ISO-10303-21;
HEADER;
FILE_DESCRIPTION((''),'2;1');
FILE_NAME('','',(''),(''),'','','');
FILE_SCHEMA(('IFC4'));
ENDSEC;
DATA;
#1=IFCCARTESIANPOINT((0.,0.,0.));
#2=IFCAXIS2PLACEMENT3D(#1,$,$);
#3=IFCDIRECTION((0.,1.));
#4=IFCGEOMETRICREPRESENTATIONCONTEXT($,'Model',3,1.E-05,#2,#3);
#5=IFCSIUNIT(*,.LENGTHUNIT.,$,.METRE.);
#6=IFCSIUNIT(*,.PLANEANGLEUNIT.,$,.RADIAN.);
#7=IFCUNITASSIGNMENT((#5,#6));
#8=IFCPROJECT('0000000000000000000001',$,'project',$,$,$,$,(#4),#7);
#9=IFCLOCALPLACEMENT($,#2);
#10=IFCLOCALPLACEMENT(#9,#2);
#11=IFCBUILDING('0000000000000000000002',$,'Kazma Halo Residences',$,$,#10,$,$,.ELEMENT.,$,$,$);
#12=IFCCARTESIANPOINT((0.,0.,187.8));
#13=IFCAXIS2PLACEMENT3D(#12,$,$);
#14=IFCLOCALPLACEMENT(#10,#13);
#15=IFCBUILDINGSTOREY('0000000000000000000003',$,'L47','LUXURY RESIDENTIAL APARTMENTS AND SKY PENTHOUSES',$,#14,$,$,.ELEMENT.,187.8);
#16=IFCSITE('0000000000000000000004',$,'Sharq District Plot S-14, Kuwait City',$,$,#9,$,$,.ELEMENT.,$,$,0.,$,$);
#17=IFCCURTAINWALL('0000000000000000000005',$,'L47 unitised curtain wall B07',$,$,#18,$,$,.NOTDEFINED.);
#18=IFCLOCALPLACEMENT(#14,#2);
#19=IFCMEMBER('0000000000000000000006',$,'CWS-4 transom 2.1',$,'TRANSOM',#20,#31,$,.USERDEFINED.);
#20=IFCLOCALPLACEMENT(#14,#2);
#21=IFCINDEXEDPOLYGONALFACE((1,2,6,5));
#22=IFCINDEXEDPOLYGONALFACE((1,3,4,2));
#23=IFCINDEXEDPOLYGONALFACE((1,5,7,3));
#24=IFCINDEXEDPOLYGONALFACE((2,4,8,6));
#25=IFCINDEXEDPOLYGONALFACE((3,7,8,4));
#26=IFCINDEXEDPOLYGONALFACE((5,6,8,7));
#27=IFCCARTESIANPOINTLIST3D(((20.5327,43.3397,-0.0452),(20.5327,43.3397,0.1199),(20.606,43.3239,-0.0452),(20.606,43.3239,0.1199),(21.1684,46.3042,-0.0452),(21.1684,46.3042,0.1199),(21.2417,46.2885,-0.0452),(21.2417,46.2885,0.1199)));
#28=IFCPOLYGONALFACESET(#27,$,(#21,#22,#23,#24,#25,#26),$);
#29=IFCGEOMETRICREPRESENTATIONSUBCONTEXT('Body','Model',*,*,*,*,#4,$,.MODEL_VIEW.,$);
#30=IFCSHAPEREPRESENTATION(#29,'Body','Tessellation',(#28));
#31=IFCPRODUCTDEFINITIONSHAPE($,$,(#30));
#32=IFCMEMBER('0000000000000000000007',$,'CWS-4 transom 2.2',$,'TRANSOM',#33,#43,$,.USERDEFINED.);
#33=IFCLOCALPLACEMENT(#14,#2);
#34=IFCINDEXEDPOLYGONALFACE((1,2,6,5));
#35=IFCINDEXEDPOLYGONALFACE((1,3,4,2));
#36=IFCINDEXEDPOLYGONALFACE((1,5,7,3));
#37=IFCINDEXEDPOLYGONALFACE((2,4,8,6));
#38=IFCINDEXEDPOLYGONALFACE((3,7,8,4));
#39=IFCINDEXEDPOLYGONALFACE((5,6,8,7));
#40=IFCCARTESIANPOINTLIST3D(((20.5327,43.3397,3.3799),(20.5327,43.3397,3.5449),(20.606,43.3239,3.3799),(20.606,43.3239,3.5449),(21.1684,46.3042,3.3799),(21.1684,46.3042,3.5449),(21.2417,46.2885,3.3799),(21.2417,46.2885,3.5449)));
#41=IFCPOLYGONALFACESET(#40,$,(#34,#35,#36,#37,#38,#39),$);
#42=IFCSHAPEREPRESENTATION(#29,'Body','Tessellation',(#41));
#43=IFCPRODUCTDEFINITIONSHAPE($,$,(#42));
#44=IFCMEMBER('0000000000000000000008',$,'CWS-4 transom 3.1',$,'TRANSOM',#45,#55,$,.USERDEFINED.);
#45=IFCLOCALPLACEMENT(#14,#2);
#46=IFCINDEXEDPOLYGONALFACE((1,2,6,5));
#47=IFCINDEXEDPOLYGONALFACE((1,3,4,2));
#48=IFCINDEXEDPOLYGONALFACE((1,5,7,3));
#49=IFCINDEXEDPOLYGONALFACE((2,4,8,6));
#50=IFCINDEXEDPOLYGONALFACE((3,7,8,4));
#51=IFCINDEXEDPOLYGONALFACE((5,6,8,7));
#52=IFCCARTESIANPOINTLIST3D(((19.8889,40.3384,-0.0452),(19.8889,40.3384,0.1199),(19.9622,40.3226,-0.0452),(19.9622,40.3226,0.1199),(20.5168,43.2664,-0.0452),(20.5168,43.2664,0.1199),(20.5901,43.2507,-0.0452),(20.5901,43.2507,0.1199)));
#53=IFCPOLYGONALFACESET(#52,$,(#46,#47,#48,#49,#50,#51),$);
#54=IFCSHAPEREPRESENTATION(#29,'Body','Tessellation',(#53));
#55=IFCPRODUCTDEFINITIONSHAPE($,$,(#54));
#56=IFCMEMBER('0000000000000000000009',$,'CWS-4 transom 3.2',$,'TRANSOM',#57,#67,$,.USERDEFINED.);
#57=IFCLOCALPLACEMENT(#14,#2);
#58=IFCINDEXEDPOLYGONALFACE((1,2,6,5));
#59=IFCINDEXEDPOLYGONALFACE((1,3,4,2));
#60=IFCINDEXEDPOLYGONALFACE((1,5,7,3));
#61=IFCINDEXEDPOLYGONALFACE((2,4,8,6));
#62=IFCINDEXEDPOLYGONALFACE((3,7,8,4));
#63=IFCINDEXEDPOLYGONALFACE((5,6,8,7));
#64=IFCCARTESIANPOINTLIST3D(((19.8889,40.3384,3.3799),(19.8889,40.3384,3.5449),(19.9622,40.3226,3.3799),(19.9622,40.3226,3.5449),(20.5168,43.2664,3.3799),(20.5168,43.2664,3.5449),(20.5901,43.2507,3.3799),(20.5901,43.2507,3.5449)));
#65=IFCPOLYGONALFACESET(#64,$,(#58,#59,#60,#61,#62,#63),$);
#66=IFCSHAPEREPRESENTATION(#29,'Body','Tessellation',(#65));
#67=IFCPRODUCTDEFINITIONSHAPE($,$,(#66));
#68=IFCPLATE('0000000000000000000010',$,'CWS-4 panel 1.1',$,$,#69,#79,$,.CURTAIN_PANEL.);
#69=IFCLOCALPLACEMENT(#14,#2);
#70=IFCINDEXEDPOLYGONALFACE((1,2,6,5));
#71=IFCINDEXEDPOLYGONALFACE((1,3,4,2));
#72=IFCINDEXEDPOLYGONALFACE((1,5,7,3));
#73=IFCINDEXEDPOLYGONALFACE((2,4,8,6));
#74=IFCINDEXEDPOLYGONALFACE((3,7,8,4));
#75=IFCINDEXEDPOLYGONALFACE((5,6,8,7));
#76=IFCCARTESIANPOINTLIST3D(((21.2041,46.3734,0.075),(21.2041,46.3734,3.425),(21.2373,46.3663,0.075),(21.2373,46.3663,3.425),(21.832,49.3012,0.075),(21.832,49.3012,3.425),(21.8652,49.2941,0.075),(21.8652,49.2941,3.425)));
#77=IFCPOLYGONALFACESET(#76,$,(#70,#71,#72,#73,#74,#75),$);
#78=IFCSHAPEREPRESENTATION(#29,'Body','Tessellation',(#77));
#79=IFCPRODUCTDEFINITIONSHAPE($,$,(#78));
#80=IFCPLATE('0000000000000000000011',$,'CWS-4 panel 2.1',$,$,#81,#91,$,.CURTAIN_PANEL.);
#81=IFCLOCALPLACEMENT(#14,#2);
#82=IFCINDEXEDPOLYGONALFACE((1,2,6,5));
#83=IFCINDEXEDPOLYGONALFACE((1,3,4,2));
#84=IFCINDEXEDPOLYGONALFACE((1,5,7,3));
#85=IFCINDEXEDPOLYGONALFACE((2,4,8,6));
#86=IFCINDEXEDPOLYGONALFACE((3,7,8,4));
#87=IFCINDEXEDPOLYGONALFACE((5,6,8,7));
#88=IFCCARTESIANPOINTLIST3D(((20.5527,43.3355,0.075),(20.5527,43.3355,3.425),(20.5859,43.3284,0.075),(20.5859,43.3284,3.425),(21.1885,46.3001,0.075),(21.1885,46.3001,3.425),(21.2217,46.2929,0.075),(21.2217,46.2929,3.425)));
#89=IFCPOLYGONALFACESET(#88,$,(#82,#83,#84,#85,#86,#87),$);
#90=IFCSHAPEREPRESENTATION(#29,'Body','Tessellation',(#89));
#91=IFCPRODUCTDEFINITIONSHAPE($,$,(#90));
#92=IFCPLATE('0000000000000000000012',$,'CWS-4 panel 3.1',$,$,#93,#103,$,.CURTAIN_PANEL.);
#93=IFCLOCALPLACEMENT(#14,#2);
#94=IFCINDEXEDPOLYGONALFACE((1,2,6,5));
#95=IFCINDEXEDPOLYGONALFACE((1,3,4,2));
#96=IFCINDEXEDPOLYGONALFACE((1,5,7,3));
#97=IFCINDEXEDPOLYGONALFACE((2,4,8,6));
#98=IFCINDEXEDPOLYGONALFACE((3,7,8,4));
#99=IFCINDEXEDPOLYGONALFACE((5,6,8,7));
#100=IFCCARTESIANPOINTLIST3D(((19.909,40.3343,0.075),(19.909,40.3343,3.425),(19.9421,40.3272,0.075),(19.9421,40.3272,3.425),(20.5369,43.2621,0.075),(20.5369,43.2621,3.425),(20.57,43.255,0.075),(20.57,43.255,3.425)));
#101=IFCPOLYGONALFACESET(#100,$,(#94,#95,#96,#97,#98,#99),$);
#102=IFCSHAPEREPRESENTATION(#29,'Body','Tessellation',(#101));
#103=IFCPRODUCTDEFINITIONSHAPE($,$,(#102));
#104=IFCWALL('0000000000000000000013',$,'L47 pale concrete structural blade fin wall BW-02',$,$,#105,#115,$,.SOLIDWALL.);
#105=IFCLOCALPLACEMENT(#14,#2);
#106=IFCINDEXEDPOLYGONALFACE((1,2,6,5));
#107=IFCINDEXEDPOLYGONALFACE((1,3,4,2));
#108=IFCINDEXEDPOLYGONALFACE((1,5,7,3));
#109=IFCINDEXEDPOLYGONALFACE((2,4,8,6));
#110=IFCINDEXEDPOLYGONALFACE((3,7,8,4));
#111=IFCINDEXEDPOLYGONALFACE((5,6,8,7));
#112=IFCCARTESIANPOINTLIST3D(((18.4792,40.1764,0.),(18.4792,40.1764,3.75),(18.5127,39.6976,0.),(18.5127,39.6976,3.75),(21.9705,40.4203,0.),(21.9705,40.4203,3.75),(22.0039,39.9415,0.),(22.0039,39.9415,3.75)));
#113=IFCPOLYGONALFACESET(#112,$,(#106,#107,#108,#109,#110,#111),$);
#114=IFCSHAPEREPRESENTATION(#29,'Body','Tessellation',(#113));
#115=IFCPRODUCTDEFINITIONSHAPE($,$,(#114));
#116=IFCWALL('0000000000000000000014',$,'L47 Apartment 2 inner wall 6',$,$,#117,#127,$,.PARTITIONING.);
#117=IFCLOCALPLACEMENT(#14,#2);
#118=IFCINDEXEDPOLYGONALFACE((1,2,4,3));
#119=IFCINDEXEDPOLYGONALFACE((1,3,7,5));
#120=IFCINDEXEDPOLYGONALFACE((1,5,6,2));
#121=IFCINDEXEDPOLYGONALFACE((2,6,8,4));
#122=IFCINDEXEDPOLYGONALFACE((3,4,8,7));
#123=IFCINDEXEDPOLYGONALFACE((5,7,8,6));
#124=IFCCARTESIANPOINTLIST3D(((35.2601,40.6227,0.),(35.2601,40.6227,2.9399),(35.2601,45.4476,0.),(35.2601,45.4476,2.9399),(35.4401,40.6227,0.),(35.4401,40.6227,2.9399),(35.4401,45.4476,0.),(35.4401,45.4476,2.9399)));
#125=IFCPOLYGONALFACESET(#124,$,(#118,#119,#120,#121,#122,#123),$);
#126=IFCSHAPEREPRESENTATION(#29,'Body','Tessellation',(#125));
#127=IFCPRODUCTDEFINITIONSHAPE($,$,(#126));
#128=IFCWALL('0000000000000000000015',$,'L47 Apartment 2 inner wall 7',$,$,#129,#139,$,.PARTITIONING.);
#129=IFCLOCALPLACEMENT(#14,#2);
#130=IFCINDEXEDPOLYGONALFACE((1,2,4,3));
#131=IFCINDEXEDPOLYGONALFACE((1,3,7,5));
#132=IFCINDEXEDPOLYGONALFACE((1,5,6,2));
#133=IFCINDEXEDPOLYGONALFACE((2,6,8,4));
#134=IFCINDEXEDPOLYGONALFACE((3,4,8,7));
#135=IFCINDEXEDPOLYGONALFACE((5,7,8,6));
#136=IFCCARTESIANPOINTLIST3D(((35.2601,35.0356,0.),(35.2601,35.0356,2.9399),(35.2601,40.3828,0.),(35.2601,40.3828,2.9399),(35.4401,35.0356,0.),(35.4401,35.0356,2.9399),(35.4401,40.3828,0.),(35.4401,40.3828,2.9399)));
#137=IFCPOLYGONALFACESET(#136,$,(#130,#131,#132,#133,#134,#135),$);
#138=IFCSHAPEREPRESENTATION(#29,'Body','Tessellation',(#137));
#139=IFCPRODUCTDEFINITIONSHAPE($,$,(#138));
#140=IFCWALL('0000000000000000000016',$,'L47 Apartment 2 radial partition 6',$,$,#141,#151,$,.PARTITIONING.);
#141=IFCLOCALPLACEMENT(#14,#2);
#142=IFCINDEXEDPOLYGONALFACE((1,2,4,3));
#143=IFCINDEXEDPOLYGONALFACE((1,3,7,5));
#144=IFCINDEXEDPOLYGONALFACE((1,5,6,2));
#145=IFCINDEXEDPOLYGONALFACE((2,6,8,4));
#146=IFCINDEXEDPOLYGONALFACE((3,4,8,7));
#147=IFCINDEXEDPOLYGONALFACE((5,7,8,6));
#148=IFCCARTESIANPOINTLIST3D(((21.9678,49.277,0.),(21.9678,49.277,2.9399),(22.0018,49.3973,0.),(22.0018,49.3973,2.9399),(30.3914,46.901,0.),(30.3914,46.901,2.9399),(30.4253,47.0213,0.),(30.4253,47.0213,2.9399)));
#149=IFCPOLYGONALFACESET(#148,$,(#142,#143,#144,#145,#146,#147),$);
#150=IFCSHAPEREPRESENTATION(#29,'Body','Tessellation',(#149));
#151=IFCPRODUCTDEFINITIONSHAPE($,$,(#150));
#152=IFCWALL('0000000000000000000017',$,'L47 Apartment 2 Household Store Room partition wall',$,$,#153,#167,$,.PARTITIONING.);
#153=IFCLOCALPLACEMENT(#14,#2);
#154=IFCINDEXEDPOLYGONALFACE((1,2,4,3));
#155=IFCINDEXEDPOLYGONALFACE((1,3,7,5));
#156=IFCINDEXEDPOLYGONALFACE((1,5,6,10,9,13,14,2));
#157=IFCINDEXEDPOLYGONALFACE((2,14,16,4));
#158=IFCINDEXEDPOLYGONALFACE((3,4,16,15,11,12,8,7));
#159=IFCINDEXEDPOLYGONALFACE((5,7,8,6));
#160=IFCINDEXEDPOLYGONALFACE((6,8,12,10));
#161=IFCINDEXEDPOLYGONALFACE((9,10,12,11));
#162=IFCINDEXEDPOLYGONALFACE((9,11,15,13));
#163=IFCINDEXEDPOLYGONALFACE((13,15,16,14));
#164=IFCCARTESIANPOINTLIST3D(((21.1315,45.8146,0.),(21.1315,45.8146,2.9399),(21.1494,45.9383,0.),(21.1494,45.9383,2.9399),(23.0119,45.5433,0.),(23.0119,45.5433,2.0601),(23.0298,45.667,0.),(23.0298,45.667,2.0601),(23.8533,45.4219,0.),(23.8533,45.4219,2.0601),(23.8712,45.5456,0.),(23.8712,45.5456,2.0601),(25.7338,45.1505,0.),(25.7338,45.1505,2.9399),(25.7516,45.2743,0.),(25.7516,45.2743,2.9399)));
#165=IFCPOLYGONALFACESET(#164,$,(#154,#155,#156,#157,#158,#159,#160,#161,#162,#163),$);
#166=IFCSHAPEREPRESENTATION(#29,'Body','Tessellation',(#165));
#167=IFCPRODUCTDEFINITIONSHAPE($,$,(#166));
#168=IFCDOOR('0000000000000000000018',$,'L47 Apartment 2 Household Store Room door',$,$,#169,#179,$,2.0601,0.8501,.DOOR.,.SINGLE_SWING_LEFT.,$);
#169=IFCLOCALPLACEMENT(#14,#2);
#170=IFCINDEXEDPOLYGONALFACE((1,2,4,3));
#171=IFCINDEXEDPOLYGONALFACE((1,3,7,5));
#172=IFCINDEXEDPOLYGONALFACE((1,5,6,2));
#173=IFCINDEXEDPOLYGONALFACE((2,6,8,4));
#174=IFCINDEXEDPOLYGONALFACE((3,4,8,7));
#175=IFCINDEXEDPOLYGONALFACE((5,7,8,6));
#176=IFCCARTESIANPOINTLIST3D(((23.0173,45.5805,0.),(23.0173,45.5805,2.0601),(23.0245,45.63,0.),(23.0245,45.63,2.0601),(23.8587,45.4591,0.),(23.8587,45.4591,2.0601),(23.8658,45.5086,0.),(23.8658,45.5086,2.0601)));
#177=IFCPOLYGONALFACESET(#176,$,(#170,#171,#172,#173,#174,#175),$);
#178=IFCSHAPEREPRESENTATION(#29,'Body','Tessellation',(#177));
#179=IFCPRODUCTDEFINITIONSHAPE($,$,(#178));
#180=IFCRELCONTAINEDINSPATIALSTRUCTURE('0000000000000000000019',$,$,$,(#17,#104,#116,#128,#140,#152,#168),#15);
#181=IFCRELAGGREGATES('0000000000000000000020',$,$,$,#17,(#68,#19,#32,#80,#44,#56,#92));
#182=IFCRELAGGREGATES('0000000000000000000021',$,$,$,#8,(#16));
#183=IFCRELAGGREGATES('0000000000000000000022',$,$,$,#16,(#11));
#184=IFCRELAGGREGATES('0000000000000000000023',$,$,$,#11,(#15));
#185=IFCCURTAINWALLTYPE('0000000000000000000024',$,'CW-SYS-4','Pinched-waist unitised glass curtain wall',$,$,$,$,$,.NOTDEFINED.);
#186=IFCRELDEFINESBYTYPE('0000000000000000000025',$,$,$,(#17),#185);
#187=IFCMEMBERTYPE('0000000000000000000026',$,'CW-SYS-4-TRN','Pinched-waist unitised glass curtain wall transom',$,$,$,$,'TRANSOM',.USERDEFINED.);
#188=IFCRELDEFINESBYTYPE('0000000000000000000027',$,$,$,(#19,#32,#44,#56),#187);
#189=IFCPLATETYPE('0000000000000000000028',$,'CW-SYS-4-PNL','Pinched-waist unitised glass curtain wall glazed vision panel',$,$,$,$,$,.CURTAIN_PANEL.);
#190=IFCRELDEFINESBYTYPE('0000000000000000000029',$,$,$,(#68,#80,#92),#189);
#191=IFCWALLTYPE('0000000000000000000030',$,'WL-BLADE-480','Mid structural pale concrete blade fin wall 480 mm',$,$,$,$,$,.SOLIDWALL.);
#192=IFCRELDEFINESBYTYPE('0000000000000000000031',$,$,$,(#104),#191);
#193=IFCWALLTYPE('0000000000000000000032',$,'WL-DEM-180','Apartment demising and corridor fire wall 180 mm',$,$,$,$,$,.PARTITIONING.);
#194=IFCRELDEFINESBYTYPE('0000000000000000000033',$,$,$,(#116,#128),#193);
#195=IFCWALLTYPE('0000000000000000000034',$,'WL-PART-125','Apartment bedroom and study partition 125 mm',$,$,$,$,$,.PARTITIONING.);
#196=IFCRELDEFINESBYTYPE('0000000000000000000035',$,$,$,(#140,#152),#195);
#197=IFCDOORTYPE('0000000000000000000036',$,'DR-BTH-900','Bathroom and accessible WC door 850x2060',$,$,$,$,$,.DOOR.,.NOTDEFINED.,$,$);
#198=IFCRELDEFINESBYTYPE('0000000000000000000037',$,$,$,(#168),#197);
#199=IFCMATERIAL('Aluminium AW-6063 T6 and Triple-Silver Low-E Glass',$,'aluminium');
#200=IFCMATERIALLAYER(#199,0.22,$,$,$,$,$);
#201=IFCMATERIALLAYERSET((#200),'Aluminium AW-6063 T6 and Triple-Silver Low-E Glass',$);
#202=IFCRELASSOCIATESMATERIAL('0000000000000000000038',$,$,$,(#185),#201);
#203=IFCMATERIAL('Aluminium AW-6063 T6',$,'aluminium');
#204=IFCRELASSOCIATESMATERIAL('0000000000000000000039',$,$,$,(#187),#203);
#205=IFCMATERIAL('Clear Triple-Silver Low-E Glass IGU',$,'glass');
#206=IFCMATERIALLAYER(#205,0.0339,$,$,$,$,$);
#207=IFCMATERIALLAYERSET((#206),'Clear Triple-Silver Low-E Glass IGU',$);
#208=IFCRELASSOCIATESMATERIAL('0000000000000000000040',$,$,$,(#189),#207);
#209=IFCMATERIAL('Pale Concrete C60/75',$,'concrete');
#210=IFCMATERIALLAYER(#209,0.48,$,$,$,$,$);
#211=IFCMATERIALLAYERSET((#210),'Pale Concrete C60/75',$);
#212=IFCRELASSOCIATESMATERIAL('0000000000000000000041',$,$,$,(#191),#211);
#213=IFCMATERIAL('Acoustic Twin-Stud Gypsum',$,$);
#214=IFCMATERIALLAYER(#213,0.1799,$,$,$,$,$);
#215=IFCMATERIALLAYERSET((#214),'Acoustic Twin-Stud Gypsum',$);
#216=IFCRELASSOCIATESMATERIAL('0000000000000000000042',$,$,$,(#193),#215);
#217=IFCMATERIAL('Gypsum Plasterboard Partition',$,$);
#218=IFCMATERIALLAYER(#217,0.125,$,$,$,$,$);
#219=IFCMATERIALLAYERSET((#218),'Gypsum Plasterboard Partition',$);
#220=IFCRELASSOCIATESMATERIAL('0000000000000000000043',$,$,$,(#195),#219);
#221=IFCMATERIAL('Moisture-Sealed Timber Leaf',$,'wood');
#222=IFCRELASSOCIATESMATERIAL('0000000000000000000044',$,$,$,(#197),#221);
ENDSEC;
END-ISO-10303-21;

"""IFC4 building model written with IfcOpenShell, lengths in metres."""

from ifc_helpers import new_model, si_unit, direction, frame, frame_2d, origin, origin_2d, place, context, subcontext, project, spatial, rectangle, extrude, material, layer, layer_set, material_profile, profile_set, type_object, element, fill, aggregate, save


model = new_model("IFC4")

# Units and contexts
model_context = context("Model", 3, precision=1e-05, world=origin(), true_north=direction((0.0, 1.0)))
body_context = subcontext(model_context, "Body", "Model", "MODEL_VIEW")
ifc_project = project(units=[si_unit("LENGTHUNIT", "METRE"), si_unit("PLANEANGLEUNIT", "RADIAN")], contexts=[model_context])

# Site, building, storey
site_placement = place(None, origin())
site = spatial("IfcSite", under=ifc_project, at=site_placement, Name="Sharq District Plot S-14, Kuwait City", CompositionType="ELEMENT", RefElevation=0.0)
building_placement = place(site_placement, origin())
building = spatial("IfcBuilding", under=site, at=building_placement, Name="Kazma Halo Residences", CompositionType="ELEMENT")
storey_placement = place(building_placement, frame((0.0, 0.0, 187.8)))
storey = spatial("IfcBuildingStorey", under=building, at=storey_placement, Name="L47", Description="LUXURY RESIDENTIAL APARTMENTS AND SKY PENTHOUSES", CompositionType="ELEMENT", Elevation=187.8)

# Curtain wall, members, plates
ifc_material_1 = material(Name="Aluminium AW-6063 T6 and Triple-Silver Low-E Glass", Category="aluminium")
ifc_layer_1 = layer(ifc_material_1, 0.22)
ifc_layer_set_1 = layer_set([ifc_layer_1], Name="Aluminium AW-6063 T6 and Triple-Silver Low-E Glass")
curtain_wall_type = type_object("IfcCurtainWallType", Name="CW-SYS-4", Description="Pinched-waist unitised glass curtain wall", PredefinedType="NOTDEFINED", material=ifc_layer_set_1)
curtain_wall_placement = place(storey_placement, origin())
curtain_wall = element("IfcCurtainWall", 1, at=curtain_wall_placement, inside=storey, type_object=curtain_wall_type, Name="L47 unitised curtain wall B07", PredefinedType="NOTDEFINED")
ifc_material_2 = material(Name="Aluminium AW-6063 T6", Category="aluminium")
ifc_material_profile_1 = material_profile(ifc_material_2, rectangle(XDim=0.075, YDim=0.165, at=origin_2d()), Name="CWT-75x165")
ifc_profile_set_1 = profile_set([ifc_material_profile_1], Name="Aluminium AW-6063 T6")
member_type_1 = type_object("IfcMemberType", Name="CW-SYS-4-TRN", Description="Pinched-waist unitised glass curtain wall transom", ElementType="TRANSOM", PredefinedType="USERDEFINED", material=ifc_profile_set_1)
member_1_placement = place(storey_placement, frame((21.2051, 46.2964, 0.0374), z_axis=(-0.209678, -0.977771, 0.0), x_axis=(0.977771, -0.209678, 0.0)))
member_1 = element("IfcMember", 2, at=member_1_placement, type_object=member_type_1, Name="CWS-4 transom 2.1", ObjectType="TRANSOM", PredefinedType="USERDEFINED", context=body_context, shape_type="SweptSolid", body=[
    extrude(rectangle(XDim=0.075, YDim=0.165, at=origin_2d()), origin(), (0.0, 0.0, 1.0), 3.032),
])
member_2_placement = place(storey_placement, frame((21.2051, 46.2964, 3.4624), z_axis=(-0.209678, -0.977771, 0.0), x_axis=(0.977771, -0.209678, 0.0)))
member_2 = element("IfcMember", 3, at=member_2_placement, type_object=member_type_1, Name="CWS-4 transom 2.2", ObjectType="TRANSOM", PredefinedType="USERDEFINED", context=body_context, shape_type="SweptSolid", body=[
    extrude(rectangle(XDim=0.075, YDim=0.165, at=origin_2d()), origin(), (0.0, 0.0, 1.0), 3.032),
])
member_3_placement = place(storey_placement, frame((20.5535, 43.2585, 0.0374), z_axis=(-0.209691, -0.977768, 0.0), x_axis=(0.977768, -0.209691, 0.0)))
member_3 = element("IfcMember", 4, at=member_3_placement, type_object=member_type_1, Name="CWS-4 transom 3.1", ObjectType="TRANSOM", PredefinedType="USERDEFINED", context=body_context, shape_type="SweptSolid", body=[
    extrude(rectangle(XDim=0.075, YDim=0.165, at=origin_2d()), origin(), (0.0, 0.0, 1.0), 2.9946),
])
member_4_placement = place(storey_placement, frame((20.5535, 43.2585, 3.4624), z_axis=(-0.209691, -0.977768, 0.0), x_axis=(0.977768, -0.209691, 0.0)))
member_4 = element("IfcMember", 5, at=member_4_placement, type_object=member_type_1, Name="CWS-4 transom 3.2", ObjectType="TRANSOM", PredefinedType="USERDEFINED", context=body_context, shape_type="SweptSolid", body=[
    extrude(rectangle(XDim=0.075, YDim=0.165, at=origin_2d()), origin(), (0.0, 0.0, 1.0), 2.9946),
])
ifc_material_3 = material(Name="Clear Triple-Silver Low-E Glass IGU", Category="glass")
ifc_layer_2 = layer(ifc_material_3, 0.0339)
ifc_layer_set_2 = layer_set([ifc_layer_2], Name="Clear Triple-Silver Low-E Glass IGU")
plate_type = type_object("IfcPlateType", Name="CW-SYS-4-PNL", Description="Pinched-waist unitised glass curtain wall glazed vision panel", PredefinedType="CURTAIN_PANEL", material=ifc_layer_set_2)
plate_1_placement = place(storey_placement, frame((21.5347, 47.8337, 0.075), z_axis=(0.0, 0.0, 1.0), x_axis=(-0.20969, -0.977768, 0.0)))
plate_1 = element("IfcPlate", 6, at=plate_1_placement, type_object=plate_type, Name="CWS-4 panel 1.1", PredefinedType="CURTAIN_PANEL", context=body_context, shape_type="SweptSolid", body=[
    extrude(rectangle(XDim=2.9944, YDim=0.0339, at=origin_2d()), origin(), (0.0, 0.0, 1.0), 3.3501),
])
plate_2_placement = place(storey_placement, frame((20.8872, 44.8142, 0.075), z_axis=(0.0, 0.0, 1.0), x_axis=(-0.20969, -0.977768, 0.0)))
plate_2 = element("IfcPlate", 7, at=plate_2_placement, type_object=plate_type, Name="CWS-4 panel 2.1", PredefinedType="CURTAIN_PANEL", context=body_context, shape_type="SweptSolid", body=[
    extrude(rectangle(XDim=3.032, YDim=0.0339, at=origin_2d()), origin(), (0.0, 0.0, 1.0), 3.3501),
])
plate_3_placement = place(storey_placement, frame((20.2395, 41.7947, 0.075), z_axis=(0.0, 0.0, 1.0), x_axis=(-0.20969, -0.977768, 0.0)))
plate_3 = element("IfcPlate", 8, at=plate_3_placement, type_object=plate_type, Name="CWS-4 panel 3.1", PredefinedType="CURTAIN_PANEL", context=body_context, shape_type="SweptSolid", body=[
    extrude(rectangle(XDim=2.9944, YDim=0.0339, at=origin_2d()), origin(), (0.0, 0.0, 1.0), 3.3501),
])
aggregate(curtain_wall, [plate_1, member_1, member_2, plate_2, member_3, member_4, plate_3])

# Walls
ifc_material_4 = material(Name="Pale Concrete C60/75", Category="concrete")
ifc_layer_3 = layer(ifc_material_4, 0.48)
ifc_layer_set_3 = layer_set([ifc_layer_3], Name="Pale Concrete C60/75")
wall_type_1 = type_object("IfcWallType", Name="WL-BLADE-480", Description="Mid structural pale concrete blade fin wall 480 mm", PredefinedType="SOLIDWALL", material=ifc_layer_set_3)
wall_1_placement = place(storey_placement, frame((21.9873, 40.1809, 0.0), z_axis=(0.0, 0.0, 1.0), x_axis=(-0.997569, -0.06969, 0.0)))
element("IfcWall", 9, at=wall_1_placement, inside=storey, type_object=wall_type_1, Name="L47 pale concrete structural blade fin wall BW-02", PredefinedType="SOLIDWALL", context=body_context, shape_type="SweptSolid", body=[
    extrude(rectangle(XDim=3.4998, YDim=0.48, at=frame_2d((1.75, 0.0))), origin(), (0.0, 0.0, 1.0), 3.75),
])
ifc_material_5 = material(Name="Acoustic Twin-Stud Gypsum")
ifc_layer_4 = layer(ifc_material_5, 0.1799)
ifc_layer_set_4 = layer_set([ifc_layer_4], Name="Acoustic Twin-Stud Gypsum")
wall_type_2 = type_object("IfcWallType", Name="WL-DEM-180", Description="Apartment demising and corridor fire wall 180 mm", PredefinedType="PARTITIONING", material=ifc_layer_set_4)
wall_2_placement = place(storey_placement, frame((35.3501, 45.4478, 0.0), z_axis=(0.0, 0.0, 1.0), x_axis=(0.0, -1.0, 0.0)))
element("IfcWall", 10, at=wall_2_placement, inside=storey, type_object=wall_type_2, Name="L47 Apartment 2 inner wall 6", PredefinedType="PARTITIONING", context=body_context, shape_type="SweptSolid", body=[
    extrude(rectangle(XDim=4.825, YDim=0.1799, at=frame_2d((2.4126, 0.0))), origin(), (0.0, 0.0, 1.0), 2.9399),
])
wall_3_placement = place(storey_placement, frame((35.3501, 40.3828, 0.0), z_axis=(0.0, 0.0, 1.0), x_axis=(0.0, -1.0, 0.0)))
element("IfcWall", 11, at=wall_3_placement, inside=storey, type_object=wall_type_2, Name="L47 Apartment 2 inner wall 7", PredefinedType="PARTITIONING", context=body_context, shape_type="SweptSolid", body=[
    extrude(rectangle(XDim=5.3472, YDim=0.1799, at=frame_2d((2.6736, 0.0))), origin(), (0.0, 0.0, 1.0), 2.9399),
])
ifc_material_6 = material(Name="Gypsum Plasterboard Partition")
ifc_layer_5 = layer(ifc_material_6, 0.125)
ifc_layer_set_5 = layer_set([ifc_layer_5], Name="Gypsum Plasterboard Partition")
wall_type_3 = type_object("IfcWallType", Name="WL-PART-125", Description="Apartment bedroom and study partition 125 mm", PredefinedType="PARTITIONING", material=ifc_layer_set_5)
wall_4_placement = place(storey_placement, frame((30.4082, 46.9612, 0.0), z_axis=(0.0, 0.0, 1.0), x_axis=(-0.962447, 0.27147, 0.0)))
element("IfcWall", 12, at=wall_4_placement, inside=storey, type_object=wall_type_3, Name="L47 Apartment 2 radial partition 6", PredefinedType="PARTITIONING", context=body_context, shape_type="SweptSolid", body=[
    extrude(rectangle(XDim=8.7522, YDim=0.125, at=frame_2d((4.376, 0.0))), origin(), (0.0, 0.0, 1.0), 2.9399),
])

# Wall, opening, door
wall_5_placement = place(storey_placement, frame((25.7427, 45.2124, 0.0), z_axis=(0.0, 0.0, 1.0), x_axis=(-0.98975, 0.14281, 0.0)))
wall_5 = element("IfcWall", 13, at=wall_5_placement, inside=storey, type_object=wall_type_3, Name="L47 Apartment 2 Household Store Room partition wall", PredefinedType="PARTITIONING", context=body_context, shape_type="SweptSolid", body=[
    extrude(rectangle(XDim=4.6499, YDim=0.125, at=frame_2d((2.325, 0.0))), origin(), (0.0, 0.0, 1.0), 2.9399),
])
opening_1_placement = place(wall_5_placement, frame((1.8999, 0.0, 0.0)))
opening_1 = element("IfcOpeningElement", 14, at=opening_1_placement, cuts=wall_5, PredefinedType="OPENING", context=body_context, shape_type="SweptSolid", body=[
    extrude(rectangle(XDim=0.8501, YDim=2.0601, at=frame_2d((0.425, 1.03))), frame((0.0, 0.0725, 0.0), z_axis=(0.0, -1.0, 0.0), x_axis=(1.0, 0.0, 0.0)), (0.0, 0.0, 1.0), 0.145),
])
ifc_material_7 = material(Name="Moisture-Sealed Timber Leaf", Category="wood")
door_type = type_object("IfcDoorType", Name="DR-BTH-900", Description="Bathroom and accessible WC door 850x2060", OperationType="NOTDEFINED", PredefinedType="DOOR", material=ifc_material_7)
door_1_placement = place(opening_1_placement, origin())
door_1 = element("IfcDoor", 15, at=door_1_placement, inside=storey, type_object=door_type, Name="L47 Apartment 2 Household Store Room door", OperationType="SINGLE_SWING_LEFT", OverallHeight=2.0601, OverallWidth=0.8501, PredefinedType="DOOR", context=body_context, shape_type="SweptSolid", body=[
    extrude(rectangle(XDim=0.8501, YDim=2.0601, at=frame_2d((0.425, 1.03))), frame((0.0, 0.0249, 0.0), z_axis=(0.0, -1.0, 0.0), x_axis=(1.0, 0.0, 0.0)), (0.0, 0.0, 1.0), 0.05),
])
fill(opening_1, door_1)

save(model, "model.ifc")
